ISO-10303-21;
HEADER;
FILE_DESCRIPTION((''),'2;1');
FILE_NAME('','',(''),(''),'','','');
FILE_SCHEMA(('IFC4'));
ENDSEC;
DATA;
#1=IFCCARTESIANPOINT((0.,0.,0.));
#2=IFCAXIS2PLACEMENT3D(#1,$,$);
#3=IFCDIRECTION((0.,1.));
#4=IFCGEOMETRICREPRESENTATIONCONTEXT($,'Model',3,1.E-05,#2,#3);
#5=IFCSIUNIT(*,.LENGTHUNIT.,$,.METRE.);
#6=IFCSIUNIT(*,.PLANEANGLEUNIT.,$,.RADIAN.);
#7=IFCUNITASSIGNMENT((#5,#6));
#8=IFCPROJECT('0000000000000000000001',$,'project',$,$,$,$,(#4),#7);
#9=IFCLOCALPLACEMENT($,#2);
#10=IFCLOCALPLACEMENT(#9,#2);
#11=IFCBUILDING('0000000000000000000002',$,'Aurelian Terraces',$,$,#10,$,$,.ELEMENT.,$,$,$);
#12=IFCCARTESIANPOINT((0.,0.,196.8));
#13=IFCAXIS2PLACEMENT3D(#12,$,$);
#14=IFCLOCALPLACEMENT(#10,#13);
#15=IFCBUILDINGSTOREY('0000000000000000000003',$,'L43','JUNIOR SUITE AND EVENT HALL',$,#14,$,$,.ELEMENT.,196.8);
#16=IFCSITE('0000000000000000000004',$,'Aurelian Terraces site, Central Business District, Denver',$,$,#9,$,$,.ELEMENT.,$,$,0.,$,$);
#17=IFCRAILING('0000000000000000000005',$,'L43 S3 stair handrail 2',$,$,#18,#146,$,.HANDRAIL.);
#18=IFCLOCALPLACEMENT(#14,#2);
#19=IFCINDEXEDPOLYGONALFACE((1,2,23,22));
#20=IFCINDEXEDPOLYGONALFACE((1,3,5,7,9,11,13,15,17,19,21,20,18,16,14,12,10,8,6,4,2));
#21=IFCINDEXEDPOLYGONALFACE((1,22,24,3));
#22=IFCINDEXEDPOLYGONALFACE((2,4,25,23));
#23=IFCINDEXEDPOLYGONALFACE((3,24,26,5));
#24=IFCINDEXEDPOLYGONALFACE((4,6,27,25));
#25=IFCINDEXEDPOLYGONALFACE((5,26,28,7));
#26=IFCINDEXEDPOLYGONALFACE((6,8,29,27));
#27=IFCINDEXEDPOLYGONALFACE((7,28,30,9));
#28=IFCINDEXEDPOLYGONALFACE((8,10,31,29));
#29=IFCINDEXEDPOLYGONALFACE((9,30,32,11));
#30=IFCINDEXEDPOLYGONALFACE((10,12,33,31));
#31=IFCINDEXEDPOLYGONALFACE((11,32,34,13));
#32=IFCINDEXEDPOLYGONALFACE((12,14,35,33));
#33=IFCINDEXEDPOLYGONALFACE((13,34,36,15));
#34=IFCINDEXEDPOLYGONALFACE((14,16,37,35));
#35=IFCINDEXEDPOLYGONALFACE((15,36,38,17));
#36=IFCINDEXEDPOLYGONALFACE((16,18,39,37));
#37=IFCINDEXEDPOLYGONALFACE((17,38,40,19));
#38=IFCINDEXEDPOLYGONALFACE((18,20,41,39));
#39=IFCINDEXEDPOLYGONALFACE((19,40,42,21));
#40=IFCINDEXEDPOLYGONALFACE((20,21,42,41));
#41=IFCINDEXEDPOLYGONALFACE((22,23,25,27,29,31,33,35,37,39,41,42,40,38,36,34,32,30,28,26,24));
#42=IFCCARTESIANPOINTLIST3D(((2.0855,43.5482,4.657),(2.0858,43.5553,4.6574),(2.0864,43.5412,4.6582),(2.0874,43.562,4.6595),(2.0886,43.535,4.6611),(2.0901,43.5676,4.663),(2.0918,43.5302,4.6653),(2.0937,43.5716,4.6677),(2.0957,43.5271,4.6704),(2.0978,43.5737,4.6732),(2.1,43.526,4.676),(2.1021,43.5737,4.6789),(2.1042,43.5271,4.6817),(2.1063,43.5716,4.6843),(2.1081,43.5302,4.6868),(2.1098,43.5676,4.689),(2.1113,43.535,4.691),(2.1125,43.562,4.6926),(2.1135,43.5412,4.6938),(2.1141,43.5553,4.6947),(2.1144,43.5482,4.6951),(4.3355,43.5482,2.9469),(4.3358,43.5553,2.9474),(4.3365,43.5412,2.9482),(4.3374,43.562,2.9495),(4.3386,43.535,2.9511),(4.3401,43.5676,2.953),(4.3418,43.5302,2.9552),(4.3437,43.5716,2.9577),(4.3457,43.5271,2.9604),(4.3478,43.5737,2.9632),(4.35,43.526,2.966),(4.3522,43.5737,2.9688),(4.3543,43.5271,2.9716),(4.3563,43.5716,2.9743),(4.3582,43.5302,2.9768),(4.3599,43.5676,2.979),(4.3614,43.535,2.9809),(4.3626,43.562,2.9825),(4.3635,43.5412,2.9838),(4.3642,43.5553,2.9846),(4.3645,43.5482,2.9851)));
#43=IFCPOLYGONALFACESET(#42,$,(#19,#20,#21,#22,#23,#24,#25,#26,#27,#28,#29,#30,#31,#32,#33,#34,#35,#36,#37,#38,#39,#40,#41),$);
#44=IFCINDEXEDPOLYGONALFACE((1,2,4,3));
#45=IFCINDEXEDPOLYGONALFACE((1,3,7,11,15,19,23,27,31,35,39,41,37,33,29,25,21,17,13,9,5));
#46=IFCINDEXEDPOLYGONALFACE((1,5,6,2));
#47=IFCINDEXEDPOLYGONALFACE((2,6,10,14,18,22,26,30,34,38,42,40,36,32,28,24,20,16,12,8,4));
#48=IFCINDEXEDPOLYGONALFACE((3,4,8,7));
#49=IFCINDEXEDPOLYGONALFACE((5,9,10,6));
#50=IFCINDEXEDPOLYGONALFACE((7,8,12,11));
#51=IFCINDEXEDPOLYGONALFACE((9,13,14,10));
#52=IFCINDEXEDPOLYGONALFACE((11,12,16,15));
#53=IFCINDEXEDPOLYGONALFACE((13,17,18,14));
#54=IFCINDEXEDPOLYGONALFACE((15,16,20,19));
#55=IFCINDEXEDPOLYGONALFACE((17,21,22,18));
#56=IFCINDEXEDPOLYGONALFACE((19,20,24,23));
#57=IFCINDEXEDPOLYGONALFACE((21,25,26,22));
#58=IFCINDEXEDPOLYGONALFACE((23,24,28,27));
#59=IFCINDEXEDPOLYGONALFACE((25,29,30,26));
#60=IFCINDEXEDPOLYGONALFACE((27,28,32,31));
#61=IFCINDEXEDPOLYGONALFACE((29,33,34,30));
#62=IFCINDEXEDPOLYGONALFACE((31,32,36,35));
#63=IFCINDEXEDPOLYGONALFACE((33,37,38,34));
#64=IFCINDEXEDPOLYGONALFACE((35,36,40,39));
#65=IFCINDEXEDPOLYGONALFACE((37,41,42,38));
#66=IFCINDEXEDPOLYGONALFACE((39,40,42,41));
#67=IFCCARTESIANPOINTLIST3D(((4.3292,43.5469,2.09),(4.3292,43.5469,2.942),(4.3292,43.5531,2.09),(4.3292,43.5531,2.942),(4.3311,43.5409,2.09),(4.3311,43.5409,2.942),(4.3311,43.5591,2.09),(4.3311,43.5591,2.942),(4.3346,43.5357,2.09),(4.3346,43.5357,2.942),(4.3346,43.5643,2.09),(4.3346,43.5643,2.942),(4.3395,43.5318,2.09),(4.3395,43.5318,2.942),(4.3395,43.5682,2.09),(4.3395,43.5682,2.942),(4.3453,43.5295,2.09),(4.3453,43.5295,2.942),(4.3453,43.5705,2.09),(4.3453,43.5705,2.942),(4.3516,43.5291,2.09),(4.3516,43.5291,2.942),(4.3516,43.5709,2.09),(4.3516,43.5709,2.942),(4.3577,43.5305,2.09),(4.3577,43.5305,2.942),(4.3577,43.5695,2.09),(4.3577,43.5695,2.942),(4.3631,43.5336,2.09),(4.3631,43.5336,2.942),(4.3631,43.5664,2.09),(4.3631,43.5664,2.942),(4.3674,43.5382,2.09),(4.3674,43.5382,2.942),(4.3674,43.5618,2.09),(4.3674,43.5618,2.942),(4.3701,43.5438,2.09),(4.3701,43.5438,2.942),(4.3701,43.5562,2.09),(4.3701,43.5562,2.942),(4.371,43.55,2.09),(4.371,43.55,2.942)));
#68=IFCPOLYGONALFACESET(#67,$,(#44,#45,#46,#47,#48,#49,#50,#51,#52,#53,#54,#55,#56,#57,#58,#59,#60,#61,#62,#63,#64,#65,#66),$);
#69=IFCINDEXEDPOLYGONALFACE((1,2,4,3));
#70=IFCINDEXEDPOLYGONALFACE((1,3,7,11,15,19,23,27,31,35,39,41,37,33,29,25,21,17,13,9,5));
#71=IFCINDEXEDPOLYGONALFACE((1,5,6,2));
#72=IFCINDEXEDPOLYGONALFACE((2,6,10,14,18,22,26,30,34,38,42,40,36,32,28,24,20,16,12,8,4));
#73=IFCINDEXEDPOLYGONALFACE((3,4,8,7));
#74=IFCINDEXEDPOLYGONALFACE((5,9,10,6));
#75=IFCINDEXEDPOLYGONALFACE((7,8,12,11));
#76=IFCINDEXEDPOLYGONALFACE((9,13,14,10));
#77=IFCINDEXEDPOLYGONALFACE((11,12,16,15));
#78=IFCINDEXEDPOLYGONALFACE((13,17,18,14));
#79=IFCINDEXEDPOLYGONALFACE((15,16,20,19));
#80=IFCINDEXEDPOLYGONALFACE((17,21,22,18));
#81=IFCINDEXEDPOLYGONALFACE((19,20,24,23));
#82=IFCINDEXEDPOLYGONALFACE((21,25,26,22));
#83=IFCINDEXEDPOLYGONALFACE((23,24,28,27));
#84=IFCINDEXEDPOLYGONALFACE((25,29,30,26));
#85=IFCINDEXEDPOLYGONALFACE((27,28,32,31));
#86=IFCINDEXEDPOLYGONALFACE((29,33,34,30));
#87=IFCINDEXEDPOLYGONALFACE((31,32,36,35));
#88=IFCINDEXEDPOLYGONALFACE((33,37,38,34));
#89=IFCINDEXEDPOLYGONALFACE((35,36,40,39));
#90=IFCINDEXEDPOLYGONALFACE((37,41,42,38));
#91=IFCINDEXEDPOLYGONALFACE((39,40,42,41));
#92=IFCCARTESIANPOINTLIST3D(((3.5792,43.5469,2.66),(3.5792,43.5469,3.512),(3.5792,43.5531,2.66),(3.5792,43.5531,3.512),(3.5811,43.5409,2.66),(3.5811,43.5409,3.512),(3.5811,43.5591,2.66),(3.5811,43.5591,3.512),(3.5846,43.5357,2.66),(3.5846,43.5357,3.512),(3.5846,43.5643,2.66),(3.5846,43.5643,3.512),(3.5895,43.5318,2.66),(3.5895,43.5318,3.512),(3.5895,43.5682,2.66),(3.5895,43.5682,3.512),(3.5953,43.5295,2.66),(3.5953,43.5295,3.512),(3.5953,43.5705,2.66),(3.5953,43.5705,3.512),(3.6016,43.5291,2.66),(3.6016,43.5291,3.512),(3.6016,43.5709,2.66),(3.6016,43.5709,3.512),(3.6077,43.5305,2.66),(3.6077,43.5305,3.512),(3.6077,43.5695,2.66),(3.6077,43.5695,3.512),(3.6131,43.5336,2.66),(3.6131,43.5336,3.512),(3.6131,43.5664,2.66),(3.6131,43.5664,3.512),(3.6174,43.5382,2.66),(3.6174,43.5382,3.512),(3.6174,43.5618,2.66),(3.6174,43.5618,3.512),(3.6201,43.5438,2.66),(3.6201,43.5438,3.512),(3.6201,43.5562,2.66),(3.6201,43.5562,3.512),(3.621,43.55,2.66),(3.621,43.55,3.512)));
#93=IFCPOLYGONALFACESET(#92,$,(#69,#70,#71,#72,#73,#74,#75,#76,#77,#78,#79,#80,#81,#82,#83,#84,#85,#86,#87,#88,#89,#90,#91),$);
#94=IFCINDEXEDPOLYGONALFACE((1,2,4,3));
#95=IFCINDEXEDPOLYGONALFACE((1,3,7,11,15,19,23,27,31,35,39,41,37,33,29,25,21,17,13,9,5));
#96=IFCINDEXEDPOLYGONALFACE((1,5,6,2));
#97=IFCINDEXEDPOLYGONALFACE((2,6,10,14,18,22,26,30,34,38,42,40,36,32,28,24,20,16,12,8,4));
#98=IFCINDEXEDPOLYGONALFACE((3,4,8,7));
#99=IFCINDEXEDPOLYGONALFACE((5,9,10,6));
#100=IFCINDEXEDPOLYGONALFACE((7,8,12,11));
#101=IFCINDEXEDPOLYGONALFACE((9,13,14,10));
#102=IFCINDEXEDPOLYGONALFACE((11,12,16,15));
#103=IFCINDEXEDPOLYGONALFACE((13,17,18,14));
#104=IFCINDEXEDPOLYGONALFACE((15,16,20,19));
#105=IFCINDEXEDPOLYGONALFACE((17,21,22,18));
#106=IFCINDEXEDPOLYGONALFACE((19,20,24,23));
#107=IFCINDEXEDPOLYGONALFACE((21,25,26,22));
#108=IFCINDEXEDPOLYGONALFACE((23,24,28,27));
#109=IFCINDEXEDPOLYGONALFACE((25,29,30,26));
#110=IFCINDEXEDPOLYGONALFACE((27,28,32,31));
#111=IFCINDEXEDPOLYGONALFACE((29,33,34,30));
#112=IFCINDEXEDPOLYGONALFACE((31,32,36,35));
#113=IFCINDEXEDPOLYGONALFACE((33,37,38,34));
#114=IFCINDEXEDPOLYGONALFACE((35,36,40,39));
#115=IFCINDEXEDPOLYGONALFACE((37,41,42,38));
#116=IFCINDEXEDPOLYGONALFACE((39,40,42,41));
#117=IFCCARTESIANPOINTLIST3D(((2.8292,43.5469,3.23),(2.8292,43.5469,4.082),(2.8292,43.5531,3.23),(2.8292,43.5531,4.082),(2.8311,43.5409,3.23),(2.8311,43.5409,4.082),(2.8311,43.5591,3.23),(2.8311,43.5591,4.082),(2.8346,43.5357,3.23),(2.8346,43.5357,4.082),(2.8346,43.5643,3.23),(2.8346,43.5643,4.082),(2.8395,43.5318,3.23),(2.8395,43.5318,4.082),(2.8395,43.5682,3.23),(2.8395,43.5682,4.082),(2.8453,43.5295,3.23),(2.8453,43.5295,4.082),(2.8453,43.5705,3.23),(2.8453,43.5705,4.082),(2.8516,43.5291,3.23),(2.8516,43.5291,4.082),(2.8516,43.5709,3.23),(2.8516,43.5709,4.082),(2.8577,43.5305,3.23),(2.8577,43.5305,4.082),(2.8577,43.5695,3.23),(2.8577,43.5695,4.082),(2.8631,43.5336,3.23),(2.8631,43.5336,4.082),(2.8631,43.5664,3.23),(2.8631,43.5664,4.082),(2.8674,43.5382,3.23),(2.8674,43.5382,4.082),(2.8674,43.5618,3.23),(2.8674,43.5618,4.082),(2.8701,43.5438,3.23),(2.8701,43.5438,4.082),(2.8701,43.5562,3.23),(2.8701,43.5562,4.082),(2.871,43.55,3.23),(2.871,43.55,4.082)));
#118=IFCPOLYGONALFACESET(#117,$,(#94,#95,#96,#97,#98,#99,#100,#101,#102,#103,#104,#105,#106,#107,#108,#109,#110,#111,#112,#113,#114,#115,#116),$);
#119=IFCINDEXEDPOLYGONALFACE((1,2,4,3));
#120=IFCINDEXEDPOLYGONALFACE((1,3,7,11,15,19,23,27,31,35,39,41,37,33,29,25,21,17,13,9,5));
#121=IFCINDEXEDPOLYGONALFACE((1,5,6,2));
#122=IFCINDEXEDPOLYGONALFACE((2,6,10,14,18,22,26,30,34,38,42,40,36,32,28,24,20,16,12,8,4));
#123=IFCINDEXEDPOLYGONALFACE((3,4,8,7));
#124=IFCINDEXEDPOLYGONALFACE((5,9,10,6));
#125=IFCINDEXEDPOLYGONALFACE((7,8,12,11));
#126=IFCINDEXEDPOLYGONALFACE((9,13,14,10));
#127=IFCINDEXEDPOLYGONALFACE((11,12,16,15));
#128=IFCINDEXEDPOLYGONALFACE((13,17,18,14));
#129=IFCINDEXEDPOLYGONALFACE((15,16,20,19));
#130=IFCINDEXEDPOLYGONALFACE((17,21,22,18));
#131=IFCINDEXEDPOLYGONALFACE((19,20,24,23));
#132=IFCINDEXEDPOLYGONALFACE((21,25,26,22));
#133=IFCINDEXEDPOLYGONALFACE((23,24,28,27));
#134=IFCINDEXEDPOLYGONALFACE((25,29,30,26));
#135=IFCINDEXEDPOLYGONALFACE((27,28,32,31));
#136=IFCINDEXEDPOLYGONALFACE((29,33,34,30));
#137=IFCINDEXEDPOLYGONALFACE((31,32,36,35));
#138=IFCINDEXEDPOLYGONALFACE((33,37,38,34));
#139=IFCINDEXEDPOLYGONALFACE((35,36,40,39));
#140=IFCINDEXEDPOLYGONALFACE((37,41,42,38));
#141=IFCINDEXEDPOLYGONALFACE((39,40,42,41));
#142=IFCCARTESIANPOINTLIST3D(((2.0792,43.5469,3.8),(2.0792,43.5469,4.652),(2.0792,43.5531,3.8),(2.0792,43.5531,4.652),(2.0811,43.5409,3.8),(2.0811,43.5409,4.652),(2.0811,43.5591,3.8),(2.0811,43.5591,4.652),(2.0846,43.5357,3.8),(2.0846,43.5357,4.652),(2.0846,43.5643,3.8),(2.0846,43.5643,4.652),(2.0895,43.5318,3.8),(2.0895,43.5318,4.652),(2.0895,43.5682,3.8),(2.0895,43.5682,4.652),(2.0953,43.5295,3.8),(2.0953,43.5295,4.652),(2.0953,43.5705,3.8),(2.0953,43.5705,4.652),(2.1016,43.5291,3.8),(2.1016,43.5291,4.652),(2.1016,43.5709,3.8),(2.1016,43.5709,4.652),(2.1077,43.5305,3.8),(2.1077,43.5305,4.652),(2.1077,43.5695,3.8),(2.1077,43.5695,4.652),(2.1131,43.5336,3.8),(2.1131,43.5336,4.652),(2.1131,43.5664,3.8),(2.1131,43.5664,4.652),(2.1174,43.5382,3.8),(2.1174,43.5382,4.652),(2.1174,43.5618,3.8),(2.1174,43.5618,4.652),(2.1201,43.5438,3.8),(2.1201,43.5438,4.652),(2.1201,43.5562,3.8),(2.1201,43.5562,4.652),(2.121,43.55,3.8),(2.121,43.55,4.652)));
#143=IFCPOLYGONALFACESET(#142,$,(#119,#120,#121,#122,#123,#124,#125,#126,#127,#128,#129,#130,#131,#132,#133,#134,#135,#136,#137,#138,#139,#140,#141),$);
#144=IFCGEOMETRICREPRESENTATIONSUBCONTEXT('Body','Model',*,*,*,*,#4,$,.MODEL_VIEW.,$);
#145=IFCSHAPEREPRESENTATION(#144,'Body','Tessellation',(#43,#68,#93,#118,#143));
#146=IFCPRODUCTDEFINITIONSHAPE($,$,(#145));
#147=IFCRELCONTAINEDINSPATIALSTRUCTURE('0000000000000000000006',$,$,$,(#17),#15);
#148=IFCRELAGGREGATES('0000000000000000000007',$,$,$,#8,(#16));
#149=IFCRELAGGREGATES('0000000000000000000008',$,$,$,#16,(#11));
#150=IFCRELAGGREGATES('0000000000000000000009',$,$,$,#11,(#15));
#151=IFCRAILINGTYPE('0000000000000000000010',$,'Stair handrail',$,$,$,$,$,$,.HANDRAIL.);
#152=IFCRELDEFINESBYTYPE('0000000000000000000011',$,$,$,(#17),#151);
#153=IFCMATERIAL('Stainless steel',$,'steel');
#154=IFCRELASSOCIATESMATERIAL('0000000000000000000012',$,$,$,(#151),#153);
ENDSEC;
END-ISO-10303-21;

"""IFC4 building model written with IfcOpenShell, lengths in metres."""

from ifc_helpers import new_model, si_unit, direction, frame, origin, origin_2d, place, context, subcontext, project, spatial, circle, extrude, source, transform, mapped, material, type_object, element, save


model = new_model("IFC4")

# Units and contexts
model_context = context("Model", 3, precision=1e-05, world=origin(), true_north=direction((0.0, 1.0)))
body_context = subcontext(model_context, "Body", "Model", "MODEL_VIEW")
ifc_project = project(units=[si_unit("LENGTHUNIT", "METRE"), si_unit("PLANEANGLEUNIT", "RADIAN")], contexts=[model_context])

# Site, building, storey
site_placement = place(None, origin())
site = spatial("IfcSite", under=ifc_project, at=site_placement, Name="Aurelian Terraces site, Central Business District, Denver", CompositionType="ELEMENT", RefElevation=0.0)
building_placement = place(site_placement, origin())
building = spatial("IfcBuilding", under=site, at=building_placement, Name="Aurelian Terraces", CompositionType="ELEMENT")
storey_placement = place(building_placement, frame((0.0, 0.0, 196.8)))
storey = spatial("IfcBuildingStorey", under=building, at=storey_placement, Name="L43", Description="JUNIOR SUITE AND EVENT HALL", CompositionType="ELEMENT", Elevation=196.8)

# Railing
ifc_material_1 = material(Name="Stainless steel", Category="steel")
railing_type_1 = type_object("IfcRailingType", Name="Stair handrail", PredefinedType="HANDRAIL", material=ifc_material_1)
shared_shape_1 = source(origin(), body_context, "Body", "SweptSolid", [
    extrude(circle(Radius=0.024, at=origin_2d()), frame((0.0, 0.0, 0.876), z_axis=(-0.796162, 0.0, 0.605083), x_axis=(0.0, -1.0, 0.0)), (0.0, 0.0, 1.0), 2.8261),
    extrude(circle(Radius=0.021, at=origin_2d()), origin(), (0.0, 0.0, 1.0), 0.852),
    extrude(circle(Radius=0.021, at=origin_2d()), frame((-0.75, 0.0, 0.57)), (0.0, 0.0, 1.0), 0.852),
    extrude(circle(Radius=0.021, at=origin_2d()), frame((-1.5, 0.0, 1.14)), (0.0, 0.0, 1.0), 0.852),
    extrude(circle(Radius=0.021, at=origin_2d()), frame((-2.25, 0.0, 1.71)), (0.0, 0.0, 1.0), 0.852),
])
railing_1_placement = place(storey_placement, frame((4.35, 43.55, 2.09)))
element("IfcRailing", 1, at=railing_1_placement, inside=storey, type_object=railing_type_1, Name="L43 S3 stair handrail 2", PredefinedType="HANDRAIL", context=body_context, shape_type="MappedRepresentation", body=[
    mapped(shared_shape_1, transform((0.0, 0.0, 0.0), scale=1.0)),
])

save(model, "model.ifc")
